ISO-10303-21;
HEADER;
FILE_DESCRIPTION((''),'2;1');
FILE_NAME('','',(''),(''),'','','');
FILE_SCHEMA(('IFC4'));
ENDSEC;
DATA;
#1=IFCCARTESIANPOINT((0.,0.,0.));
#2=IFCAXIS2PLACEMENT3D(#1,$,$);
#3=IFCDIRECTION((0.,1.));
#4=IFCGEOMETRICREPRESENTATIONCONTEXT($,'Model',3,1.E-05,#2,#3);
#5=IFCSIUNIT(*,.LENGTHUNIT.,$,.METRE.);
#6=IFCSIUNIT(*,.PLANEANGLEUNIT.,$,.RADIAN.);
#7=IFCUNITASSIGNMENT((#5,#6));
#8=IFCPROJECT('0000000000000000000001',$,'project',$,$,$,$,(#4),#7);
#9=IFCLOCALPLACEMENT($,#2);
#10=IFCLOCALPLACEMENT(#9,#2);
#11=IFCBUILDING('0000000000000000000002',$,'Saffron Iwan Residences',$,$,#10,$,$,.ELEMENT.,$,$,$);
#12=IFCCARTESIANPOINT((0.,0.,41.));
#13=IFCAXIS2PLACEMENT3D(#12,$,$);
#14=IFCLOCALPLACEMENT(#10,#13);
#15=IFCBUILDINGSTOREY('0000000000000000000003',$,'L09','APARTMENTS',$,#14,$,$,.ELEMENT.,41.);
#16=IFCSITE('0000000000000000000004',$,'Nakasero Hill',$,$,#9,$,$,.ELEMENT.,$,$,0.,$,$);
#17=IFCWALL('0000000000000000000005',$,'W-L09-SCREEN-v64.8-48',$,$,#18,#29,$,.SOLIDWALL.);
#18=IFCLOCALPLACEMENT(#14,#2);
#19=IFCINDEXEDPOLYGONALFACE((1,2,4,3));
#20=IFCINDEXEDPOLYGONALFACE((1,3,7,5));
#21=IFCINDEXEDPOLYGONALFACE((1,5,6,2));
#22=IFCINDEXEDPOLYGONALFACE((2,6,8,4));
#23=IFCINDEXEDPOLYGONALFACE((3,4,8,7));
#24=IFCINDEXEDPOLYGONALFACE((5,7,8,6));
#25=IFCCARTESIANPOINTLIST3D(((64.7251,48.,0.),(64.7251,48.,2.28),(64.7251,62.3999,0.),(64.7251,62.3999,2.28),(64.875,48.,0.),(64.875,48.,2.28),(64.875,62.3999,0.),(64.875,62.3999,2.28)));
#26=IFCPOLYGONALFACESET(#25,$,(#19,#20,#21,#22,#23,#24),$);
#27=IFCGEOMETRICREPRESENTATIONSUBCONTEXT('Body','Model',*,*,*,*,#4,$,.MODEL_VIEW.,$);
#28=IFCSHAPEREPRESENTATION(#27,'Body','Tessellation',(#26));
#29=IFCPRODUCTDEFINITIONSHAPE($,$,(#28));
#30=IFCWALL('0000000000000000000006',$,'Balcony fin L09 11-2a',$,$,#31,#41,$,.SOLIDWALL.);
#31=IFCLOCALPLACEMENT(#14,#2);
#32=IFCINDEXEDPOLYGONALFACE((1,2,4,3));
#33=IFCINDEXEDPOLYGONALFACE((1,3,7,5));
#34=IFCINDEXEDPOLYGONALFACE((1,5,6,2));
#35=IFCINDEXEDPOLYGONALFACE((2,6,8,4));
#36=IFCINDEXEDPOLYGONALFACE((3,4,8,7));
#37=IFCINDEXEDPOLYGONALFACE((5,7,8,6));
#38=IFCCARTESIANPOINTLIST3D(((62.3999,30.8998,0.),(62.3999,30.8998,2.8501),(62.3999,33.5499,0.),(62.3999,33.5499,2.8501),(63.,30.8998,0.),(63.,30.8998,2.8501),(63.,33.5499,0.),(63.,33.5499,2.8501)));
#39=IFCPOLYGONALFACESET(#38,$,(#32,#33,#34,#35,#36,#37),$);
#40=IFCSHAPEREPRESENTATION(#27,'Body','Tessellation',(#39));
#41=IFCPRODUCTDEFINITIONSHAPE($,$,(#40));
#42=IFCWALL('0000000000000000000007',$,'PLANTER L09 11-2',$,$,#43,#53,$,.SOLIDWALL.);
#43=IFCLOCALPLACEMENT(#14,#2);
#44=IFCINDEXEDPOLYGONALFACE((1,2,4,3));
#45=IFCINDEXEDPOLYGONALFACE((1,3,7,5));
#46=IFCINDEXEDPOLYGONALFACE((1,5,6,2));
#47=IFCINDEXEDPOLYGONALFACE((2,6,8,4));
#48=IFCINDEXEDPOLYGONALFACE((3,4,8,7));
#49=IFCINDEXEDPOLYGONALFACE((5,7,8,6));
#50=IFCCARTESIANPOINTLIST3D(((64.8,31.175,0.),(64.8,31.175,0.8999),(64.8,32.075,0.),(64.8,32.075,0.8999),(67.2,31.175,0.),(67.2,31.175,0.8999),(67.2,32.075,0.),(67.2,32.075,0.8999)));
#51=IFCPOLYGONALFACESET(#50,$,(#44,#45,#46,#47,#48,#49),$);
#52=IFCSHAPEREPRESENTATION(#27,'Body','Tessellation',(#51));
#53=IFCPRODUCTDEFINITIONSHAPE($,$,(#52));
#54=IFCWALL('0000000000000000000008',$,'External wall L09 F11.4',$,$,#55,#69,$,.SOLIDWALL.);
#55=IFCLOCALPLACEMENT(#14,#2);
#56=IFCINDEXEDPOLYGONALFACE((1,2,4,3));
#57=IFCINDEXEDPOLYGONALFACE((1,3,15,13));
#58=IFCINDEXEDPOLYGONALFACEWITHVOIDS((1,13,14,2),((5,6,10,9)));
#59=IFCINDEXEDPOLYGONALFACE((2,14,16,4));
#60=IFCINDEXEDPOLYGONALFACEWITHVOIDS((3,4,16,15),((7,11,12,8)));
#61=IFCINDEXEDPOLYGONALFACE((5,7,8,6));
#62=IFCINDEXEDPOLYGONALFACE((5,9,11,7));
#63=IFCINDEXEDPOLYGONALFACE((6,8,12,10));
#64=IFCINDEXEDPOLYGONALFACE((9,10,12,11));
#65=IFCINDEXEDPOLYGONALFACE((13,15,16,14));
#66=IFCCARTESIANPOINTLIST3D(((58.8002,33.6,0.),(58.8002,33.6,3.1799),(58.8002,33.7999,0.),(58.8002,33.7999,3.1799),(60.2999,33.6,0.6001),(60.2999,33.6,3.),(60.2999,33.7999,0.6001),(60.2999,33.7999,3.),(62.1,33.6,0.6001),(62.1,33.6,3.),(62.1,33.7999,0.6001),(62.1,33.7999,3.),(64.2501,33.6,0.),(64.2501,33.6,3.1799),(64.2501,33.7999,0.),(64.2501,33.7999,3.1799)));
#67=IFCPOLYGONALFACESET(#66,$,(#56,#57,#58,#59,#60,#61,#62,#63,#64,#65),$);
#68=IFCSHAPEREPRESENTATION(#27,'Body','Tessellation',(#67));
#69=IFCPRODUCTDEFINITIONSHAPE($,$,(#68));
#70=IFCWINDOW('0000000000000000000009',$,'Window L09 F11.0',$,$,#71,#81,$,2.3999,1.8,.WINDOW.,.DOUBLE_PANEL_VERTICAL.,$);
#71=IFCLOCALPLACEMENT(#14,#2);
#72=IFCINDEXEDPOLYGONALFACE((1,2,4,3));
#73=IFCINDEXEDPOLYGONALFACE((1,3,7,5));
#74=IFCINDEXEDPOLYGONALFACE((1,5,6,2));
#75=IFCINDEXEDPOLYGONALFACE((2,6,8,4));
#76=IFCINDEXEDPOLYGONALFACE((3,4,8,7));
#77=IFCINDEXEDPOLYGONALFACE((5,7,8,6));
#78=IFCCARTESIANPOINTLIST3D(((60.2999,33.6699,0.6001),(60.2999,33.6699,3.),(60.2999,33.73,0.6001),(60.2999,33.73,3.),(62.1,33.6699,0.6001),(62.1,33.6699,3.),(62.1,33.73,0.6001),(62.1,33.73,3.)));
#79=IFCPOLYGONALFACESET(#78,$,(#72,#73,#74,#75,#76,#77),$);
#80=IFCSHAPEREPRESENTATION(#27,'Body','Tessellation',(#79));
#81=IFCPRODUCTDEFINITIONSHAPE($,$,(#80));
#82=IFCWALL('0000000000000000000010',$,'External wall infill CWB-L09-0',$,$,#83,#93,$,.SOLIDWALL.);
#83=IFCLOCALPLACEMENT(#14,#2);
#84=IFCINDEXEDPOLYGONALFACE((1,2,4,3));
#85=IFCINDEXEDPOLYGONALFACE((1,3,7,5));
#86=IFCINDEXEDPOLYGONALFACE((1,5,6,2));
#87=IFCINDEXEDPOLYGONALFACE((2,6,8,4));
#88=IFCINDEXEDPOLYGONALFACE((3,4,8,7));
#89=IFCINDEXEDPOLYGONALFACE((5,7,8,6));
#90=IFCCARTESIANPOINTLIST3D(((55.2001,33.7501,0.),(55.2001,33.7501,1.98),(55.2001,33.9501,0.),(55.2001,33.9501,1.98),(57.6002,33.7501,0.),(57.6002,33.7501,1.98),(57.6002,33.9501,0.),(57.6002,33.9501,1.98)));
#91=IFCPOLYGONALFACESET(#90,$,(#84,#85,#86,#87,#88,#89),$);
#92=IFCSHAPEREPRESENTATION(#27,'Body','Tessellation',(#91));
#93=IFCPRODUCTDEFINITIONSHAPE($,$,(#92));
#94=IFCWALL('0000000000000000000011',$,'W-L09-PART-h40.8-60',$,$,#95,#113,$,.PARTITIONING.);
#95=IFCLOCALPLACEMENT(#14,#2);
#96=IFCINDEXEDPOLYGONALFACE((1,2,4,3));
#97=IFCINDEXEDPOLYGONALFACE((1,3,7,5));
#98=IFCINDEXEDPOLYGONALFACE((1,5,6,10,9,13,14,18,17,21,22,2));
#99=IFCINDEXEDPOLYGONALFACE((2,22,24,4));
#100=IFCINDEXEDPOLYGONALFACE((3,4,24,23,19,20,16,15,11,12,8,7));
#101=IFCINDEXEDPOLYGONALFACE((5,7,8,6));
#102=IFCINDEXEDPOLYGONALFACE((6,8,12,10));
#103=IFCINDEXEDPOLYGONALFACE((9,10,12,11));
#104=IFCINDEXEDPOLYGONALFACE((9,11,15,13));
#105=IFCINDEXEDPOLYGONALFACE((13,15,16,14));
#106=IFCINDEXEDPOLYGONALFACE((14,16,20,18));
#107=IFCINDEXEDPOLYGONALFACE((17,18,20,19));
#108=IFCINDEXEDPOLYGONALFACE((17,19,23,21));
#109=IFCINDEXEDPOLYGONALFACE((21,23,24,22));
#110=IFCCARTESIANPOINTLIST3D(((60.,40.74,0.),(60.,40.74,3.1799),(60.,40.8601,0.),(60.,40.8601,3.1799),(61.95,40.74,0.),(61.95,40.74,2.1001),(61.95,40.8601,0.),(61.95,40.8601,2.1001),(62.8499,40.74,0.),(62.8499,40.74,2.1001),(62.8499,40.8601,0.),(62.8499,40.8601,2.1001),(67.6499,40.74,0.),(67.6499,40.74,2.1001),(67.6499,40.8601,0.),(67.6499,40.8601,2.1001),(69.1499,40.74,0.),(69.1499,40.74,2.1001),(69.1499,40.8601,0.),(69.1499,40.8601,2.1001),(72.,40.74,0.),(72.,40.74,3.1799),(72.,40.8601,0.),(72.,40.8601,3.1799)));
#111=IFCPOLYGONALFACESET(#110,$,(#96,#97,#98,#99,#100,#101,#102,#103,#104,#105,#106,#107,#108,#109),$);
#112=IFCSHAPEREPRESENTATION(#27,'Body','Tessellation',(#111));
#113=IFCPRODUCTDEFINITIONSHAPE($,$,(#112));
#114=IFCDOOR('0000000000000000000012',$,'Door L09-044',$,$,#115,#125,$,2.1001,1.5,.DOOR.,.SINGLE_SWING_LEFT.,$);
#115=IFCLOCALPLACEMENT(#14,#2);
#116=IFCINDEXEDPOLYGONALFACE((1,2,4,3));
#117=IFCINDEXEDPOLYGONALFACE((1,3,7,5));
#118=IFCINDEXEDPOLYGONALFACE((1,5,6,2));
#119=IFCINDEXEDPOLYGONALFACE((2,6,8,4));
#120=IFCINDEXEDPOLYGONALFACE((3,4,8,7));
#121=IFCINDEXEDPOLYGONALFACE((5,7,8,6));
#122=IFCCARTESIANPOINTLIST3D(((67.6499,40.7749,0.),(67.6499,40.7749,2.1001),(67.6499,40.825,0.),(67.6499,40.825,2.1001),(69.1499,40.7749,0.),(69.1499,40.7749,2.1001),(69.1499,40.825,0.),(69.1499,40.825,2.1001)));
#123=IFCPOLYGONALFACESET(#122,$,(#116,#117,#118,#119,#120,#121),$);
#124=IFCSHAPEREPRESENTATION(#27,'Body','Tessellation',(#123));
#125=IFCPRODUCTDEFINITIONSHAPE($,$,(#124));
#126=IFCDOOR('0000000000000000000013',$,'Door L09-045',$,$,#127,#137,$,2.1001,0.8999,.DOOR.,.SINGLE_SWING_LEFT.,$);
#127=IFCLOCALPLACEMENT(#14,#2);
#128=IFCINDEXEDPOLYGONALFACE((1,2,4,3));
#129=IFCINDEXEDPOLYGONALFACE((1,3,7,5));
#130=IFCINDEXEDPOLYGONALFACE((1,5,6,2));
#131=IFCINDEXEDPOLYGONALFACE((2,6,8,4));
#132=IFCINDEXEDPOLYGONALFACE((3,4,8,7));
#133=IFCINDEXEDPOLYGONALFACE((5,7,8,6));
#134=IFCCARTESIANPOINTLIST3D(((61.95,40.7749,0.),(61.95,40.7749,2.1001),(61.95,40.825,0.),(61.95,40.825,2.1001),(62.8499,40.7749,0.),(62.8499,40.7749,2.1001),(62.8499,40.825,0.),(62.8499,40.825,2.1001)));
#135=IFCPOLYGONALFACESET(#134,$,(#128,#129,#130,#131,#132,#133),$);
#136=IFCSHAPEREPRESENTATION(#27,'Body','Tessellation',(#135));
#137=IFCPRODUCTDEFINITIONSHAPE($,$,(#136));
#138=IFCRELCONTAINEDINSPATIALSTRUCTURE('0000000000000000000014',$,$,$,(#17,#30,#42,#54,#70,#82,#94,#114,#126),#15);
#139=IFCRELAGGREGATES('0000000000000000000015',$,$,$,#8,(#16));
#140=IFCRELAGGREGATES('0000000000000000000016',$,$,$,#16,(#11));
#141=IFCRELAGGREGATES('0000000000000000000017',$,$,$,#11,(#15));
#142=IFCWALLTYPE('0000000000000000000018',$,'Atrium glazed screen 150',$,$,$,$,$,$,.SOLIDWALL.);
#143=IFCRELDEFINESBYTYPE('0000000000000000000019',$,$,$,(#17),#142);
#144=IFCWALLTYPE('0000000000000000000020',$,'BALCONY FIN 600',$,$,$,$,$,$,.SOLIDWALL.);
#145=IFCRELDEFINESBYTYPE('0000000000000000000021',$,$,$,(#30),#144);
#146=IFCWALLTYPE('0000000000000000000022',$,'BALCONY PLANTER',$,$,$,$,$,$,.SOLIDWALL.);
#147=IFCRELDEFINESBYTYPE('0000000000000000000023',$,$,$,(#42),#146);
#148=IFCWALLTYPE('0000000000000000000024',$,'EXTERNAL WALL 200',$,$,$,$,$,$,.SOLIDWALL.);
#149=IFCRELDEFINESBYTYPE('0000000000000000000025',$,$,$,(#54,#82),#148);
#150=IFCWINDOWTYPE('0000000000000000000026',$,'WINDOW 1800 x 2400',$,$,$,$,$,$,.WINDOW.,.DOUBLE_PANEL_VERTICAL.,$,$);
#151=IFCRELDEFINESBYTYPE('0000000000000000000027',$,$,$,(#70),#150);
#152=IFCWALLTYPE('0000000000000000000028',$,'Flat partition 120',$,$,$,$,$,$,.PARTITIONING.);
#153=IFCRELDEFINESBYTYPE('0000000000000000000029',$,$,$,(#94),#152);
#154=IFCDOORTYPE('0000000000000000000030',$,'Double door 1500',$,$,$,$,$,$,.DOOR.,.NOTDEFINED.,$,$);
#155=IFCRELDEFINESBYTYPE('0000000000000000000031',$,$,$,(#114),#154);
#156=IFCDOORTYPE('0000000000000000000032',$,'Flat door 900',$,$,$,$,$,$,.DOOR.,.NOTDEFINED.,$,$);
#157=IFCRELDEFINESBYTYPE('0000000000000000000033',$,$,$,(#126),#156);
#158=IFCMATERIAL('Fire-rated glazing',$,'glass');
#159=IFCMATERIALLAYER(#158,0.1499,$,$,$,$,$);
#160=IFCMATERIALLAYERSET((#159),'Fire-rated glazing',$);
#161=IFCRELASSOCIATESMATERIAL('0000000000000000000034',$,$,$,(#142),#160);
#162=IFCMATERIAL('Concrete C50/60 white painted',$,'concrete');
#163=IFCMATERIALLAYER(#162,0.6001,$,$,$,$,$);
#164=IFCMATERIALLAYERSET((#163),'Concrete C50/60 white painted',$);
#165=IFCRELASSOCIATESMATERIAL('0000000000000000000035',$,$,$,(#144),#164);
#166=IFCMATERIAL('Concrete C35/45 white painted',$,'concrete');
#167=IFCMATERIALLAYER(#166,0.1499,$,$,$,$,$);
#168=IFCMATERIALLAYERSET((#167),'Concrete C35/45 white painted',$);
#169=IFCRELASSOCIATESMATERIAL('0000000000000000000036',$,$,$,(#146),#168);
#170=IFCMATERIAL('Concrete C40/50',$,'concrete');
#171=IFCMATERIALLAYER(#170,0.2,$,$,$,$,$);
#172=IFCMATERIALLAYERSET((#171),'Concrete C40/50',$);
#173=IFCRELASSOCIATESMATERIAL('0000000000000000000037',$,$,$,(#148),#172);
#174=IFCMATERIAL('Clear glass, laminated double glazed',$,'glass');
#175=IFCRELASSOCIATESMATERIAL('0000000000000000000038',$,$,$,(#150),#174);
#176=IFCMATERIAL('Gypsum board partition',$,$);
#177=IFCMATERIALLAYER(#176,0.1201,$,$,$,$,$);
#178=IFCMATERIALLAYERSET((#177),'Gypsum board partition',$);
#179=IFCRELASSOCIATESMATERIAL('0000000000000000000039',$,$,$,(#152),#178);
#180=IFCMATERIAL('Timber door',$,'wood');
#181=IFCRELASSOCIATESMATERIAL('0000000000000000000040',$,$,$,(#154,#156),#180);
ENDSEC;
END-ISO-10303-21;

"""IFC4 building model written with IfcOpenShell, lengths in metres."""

from ifc_helpers import new_model, si_unit, direction, frame, frame_2d, origin, place, context, subcontext, project, spatial, rectangle, extrude, material, layer, layer_set, type_object, element, fill, save


model = new_model("IFC4")

# Units and contexts
model_context = context("Model", 3, precision=1e-05, world=origin(), true_north=direction((0.0, 1.0)))
body_context = subcontext(model_context, "Body", "Model", "MODEL_VIEW")
ifc_project = project(units=[si_unit("LENGTHUNIT", "METRE"), si_unit("PLANEANGLEUNIT", "RADIAN")], contexts=[model_context])

# Site, building, storey
site_placement = place(None, origin())
site = spatial("IfcSite", under=ifc_project, at=site_placement, Name="Nakasero Hill", CompositionType="ELEMENT", RefElevation=0.0)
building_placement = place(site_placement, origin())
building = spatial("IfcBuilding", under=site, at=building_placement, Name="Saffron Iwan Residences", CompositionType="ELEMENT")
storey_placement = place(building_placement, frame((0.0, 0.0, 41.0)))
storey = spatial("IfcBuildingStorey", under=building, at=storey_placement, Name="L09", Description="APARTMENTS", CompositionType="ELEMENT", Elevation=41.0)

# Shared definitions
ifc_material_1 = material(Name="Concrete C50/60 white painted", Category="concrete")

# Walls
ifc_material_2 = material(Name="Fire-rated glazing", Category="glass")
ifc_layer_1 = layer(ifc_material_2, 0.1499)
ifc_layer_set_1 = layer_set([ifc_layer_1], Name="Fire-rated glazing")
wall_type_1 = type_object("IfcWallType", Name="Atrium glazed screen 150", PredefinedType="SOLIDWALL", material=ifc_layer_set_1)
wall_1_placement = place(storey_placement, frame((64.8, 48.0, 0.0), z_axis=(0.0, 0.0, 1.0), x_axis=(0.0, 1.0, 0.0)))
element("IfcWall", 1, at=wall_1_placement, inside=storey, type_object=wall_type_1, Name="W-L09-SCREEN-v64.8-48", PredefinedType="SOLIDWALL", context=body_context, shape_type="SweptSolid", body=[
    extrude(rectangle(XDim=14.3999, YDim=0.1499, at=frame_2d((7.2, 0.0))), origin(), (0.0, 0.0, 1.0), 2.28),
])
ifc_layer_2 = layer(ifc_material_1, 0.6001)
ifc_layer_set_2 = layer_set([ifc_layer_2], Name="Concrete C50/60 white painted")
wall_type_2 = type_object("IfcWallType", Name="BALCONY FIN 600", PredefinedType="SOLIDWALL", material=ifc_layer_set_2)
wall_2_placement = place(storey_placement, frame((62.7, 33.55, 0.0), z_axis=(0.0, 0.0, 1.0), x_axis=(0.0, -1.0, 0.0)))
element("IfcWall", 2, at=wall_2_placement, inside=storey, type_object=wall_type_2, Name="Balcony fin L09 11-2a", PredefinedType="SOLIDWALL", context=body_context, shape_type="SweptSolid", body=[
    extrude(rectangle(XDim=2.6501, YDim=0.6001, at=frame_2d((1.3252, 0.0))), origin(), (0.0, 0.0, 1.0), 2.8501),
])
ifc_material_3 = material(Name="Concrete C35/45 white painted", Category="concrete")
ifc_layer_3 = layer(ifc_material_3, 0.1499)
ifc_layer_set_3 = layer_set([ifc_layer_3], Name="Concrete C35/45 white painted")
wall_type_3 = type_object("IfcWallType", Name="BALCONY PLANTER", PredefinedType="SOLIDWALL", material=ifc_layer_set_3)
wall_3_placement = place(storey_placement, frame((64.8, 31.625, 0.0), z_axis=(0.0, 0.0, 1.0), x_axis=(1.0, 0.0, 0.0)))
element("IfcWall", 3, at=wall_3_placement, inside=storey, type_object=wall_type_3, Name="PLANTER L09 11-2", PredefinedType="SOLIDWALL", context=body_context, shape_type="SweptSolid", body=[
    extrude(rectangle(XDim=2.3999, YDim=0.8999, at=frame_2d((1.2, 0.0))), origin(), (0.0, 0.0, 1.0), 0.8999),
])

# Wall, opening, window
ifc_material_4 = material(Name="Concrete C40/50", Category="concrete")
ifc_layer_4 = layer(ifc_material_4, 0.2)
ifc_layer_set_4 = layer_set([ifc_layer_4], Name="Concrete C40/50")
wall_type_4 = type_object("IfcWallType", Name="EXTERNAL WALL 200", PredefinedType="SOLIDWALL", material=ifc_layer_set_4)
wall_4_placement = place(storey_placement, frame((58.8, 33.7, 0.0), z_axis=(0.0, 0.0, 1.0), x_axis=(1.0, 0.0, 0.0)))
wall_4 = element("IfcWall", 4, at=wall_4_placement, inside=storey, type_object=wall_type_4, Name="External wall L09 F11.4", PredefinedType="SOLIDWALL", context=body_context, shape_type="SweptSolid", body=[
    extrude(rectangle(XDim=5.45, YDim=0.2, at=frame_2d((2.7251, 0.0))), origin(), (0.0, 0.0, 1.0), 3.1799),
])
opening_1_placement = place(wall_4_placement, frame((1.5, 0.0, 0.6001)))
opening_1 = element("IfcOpeningElement", 5, at=opening_1_placement, cuts=wall_4, PredefinedType="OPENING", context=body_context, shape_type="SweptSolid", body=[
    extrude(rectangle(XDim=1.8, YDim=2.3999, at=frame_2d((0.8999, 1.2))), frame((0.0, 0.1099, 0.0), z_axis=(0.0, -1.0, 0.0), x_axis=(1.0, 0.0, 0.0)), (0.0, 0.0, 1.0), 0.22),
])
ifc_material_5 = material(Name="Clear glass, laminated double glazed", Category="glass")
window_type = type_object("IfcWindowType", Name="WINDOW 1800 x 2400", PartitioningType="DOUBLE_PANEL_VERTICAL", PredefinedType="WINDOW", material=ifc_material_5)
window_placement = place(opening_1_placement, origin())
window = element("IfcWindow", 6, at=window_placement, inside=storey, type_object=window_type, Name="Window L09 F11.0", OverallHeight=2.3999, OverallWidth=1.8, PartitioningType="DOUBLE_PANEL_VERTICAL", PredefinedType="WINDOW", context=body_context, shape_type="SweptSolid", body=[
    extrude(rectangle(XDim=1.8, YDim=2.3999, at=frame_2d((0.8999, 1.2))), frame((0.0, 0.03, 0.0), z_axis=(0.0, -1.0, 0.0), x_axis=(1.0, 0.0, 0.0)), (0.0, 0.0, 1.0), 0.0601),
])
fill(opening_1, window)

# Wall
wall_5_placement = place(storey_placement, frame((55.2, 33.8501, 0.0), z_axis=(0.0, 0.0, 1.0), x_axis=(1.0, 0.0, 0.0)))
element("IfcWall", 7, at=wall_5_placement, inside=storey, type_object=wall_type_4, Name="External wall infill CWB-L09-0", PredefinedType="SOLIDWALL", context=body_context, shape_type="SweptSolid", body=[
    extrude(rectangle(XDim=2.4001, YDim=0.2, at=frame_2d((1.2002, 0.0))), origin(), (0.0, 0.0, 1.0), 1.98),
])

# Wall, openings, doors
ifc_material_6 = material(Name="Gypsum board partition")
ifc_layer_5 = layer(ifc_material_6, 0.1201)
ifc_layer_set_5 = layer_set([ifc_layer_5], Name="Gypsum board partition")
wall_type_5 = type_object("IfcWallType", Name="Flat partition 120", PredefinedType="PARTITIONING", material=ifc_layer_set_5)
wall_6_placement = place(storey_placement, frame((60.0, 40.8, 0.0), z_axis=(0.0, 0.0, 1.0), x_axis=(1.0, 0.0, 0.0)))
wall_6 = element("IfcWall", 8, at=wall_6_placement, inside=storey, type_object=wall_type_5, Name="W-L09-PART-h40.8-60", PredefinedType="PARTITIONING", context=body_context, shape_type="SweptSolid", body=[
    extrude(rectangle(XDim=12.0, YDim=0.1201, at=frame_2d((6.0, 0.0))), origin(), (0.0, 0.0, 1.0), 3.1799),
])
opening_2_placement = place(wall_6_placement, frame((7.6499, 0.0, 0.0)))
opening_2 = element("IfcOpeningElement", 9, at=opening_2_placement, cuts=wall_6, PredefinedType="OPENING", context=body_context, shape_type="SweptSolid", body=[
    extrude(rectangle(XDim=1.5, YDim=2.1001, at=frame_2d((0.75, 1.05))), frame((0.0, 0.0701, 0.0), z_axis=(0.0, -1.0, 0.0), x_axis=(1.0, 0.0, 0.0)), (0.0, 0.0, 1.0), 0.1401),
])
opening_3_placement = place(wall_6_placement, frame((1.95, 0.0, 0.0)))
opening_3 = element("IfcOpeningElement", 10, at=opening_3_placement, cuts=wall_6, PredefinedType="OPENING", context=body_context, shape_type="SweptSolid", body=[
    extrude(rectangle(XDim=0.8999, YDim=2.1001, at=frame_2d((0.45, 1.05))), frame((0.0, 0.0701, 0.0), z_axis=(0.0, -1.0, 0.0), x_axis=(1.0, 0.0, 0.0)), (0.0, 0.0, 1.0), 0.1401),
])
ifc_material_7 = material(Name="Timber door", Category="wood")
door_type_1 = type_object("IfcDoorType", Name="Double door 1500", OperationType="NOTDEFINED", PredefinedType="DOOR", material=ifc_material_7)
door_1_placement = place(opening_2_placement, origin())
door_1 = element("IfcDoor", 11, at=door_1_placement, inside=storey, type_object=door_type_1, Name="Door L09-044", OperationType="SINGLE_SWING_LEFT", OverallHeight=2.1001, OverallWidth=1.5, PredefinedType="DOOR", context=body_context, shape_type="SweptSolid", body=[
    extrude(rectangle(XDim=1.5, YDim=2.1001, at=frame_2d((0.75, 1.05))), frame((0.0, 0.0249, 0.0), z_axis=(0.0, -1.0, 0.0), x_axis=(1.0, 0.0, 0.0)), (0.0, 0.0, 1.0), 0.05),
])
fill(opening_2, door_1)
door_type_2 = type_object("IfcDoorType", Name="Flat door 900", OperationType="NOTDEFINED", PredefinedType="DOOR", material=ifc_material_7)
door_2_placement = place(opening_3_placement, origin())
door_2 = element("IfcDoor", 12, at=door_2_placement, inside=storey, type_object=door_type_2, Name="Door L09-045", OperationType="SINGLE_SWING_LEFT", OverallHeight=2.1001, OverallWidth=0.8999, PredefinedType="DOOR", context=body_context, shape_type="SweptSolid", body=[
    extrude(rectangle(XDim=0.8999, YDim=2.1001, at=frame_2d((0.45, 1.05))), frame((0.0, 0.0249, 0.0), z_axis=(0.0, -1.0, 0.0), x_axis=(1.0, 0.0, 0.0)), (0.0, 0.0, 1.0), 0.05),
])
fill(opening_3, door_2)

save(model, "model.ifc")
